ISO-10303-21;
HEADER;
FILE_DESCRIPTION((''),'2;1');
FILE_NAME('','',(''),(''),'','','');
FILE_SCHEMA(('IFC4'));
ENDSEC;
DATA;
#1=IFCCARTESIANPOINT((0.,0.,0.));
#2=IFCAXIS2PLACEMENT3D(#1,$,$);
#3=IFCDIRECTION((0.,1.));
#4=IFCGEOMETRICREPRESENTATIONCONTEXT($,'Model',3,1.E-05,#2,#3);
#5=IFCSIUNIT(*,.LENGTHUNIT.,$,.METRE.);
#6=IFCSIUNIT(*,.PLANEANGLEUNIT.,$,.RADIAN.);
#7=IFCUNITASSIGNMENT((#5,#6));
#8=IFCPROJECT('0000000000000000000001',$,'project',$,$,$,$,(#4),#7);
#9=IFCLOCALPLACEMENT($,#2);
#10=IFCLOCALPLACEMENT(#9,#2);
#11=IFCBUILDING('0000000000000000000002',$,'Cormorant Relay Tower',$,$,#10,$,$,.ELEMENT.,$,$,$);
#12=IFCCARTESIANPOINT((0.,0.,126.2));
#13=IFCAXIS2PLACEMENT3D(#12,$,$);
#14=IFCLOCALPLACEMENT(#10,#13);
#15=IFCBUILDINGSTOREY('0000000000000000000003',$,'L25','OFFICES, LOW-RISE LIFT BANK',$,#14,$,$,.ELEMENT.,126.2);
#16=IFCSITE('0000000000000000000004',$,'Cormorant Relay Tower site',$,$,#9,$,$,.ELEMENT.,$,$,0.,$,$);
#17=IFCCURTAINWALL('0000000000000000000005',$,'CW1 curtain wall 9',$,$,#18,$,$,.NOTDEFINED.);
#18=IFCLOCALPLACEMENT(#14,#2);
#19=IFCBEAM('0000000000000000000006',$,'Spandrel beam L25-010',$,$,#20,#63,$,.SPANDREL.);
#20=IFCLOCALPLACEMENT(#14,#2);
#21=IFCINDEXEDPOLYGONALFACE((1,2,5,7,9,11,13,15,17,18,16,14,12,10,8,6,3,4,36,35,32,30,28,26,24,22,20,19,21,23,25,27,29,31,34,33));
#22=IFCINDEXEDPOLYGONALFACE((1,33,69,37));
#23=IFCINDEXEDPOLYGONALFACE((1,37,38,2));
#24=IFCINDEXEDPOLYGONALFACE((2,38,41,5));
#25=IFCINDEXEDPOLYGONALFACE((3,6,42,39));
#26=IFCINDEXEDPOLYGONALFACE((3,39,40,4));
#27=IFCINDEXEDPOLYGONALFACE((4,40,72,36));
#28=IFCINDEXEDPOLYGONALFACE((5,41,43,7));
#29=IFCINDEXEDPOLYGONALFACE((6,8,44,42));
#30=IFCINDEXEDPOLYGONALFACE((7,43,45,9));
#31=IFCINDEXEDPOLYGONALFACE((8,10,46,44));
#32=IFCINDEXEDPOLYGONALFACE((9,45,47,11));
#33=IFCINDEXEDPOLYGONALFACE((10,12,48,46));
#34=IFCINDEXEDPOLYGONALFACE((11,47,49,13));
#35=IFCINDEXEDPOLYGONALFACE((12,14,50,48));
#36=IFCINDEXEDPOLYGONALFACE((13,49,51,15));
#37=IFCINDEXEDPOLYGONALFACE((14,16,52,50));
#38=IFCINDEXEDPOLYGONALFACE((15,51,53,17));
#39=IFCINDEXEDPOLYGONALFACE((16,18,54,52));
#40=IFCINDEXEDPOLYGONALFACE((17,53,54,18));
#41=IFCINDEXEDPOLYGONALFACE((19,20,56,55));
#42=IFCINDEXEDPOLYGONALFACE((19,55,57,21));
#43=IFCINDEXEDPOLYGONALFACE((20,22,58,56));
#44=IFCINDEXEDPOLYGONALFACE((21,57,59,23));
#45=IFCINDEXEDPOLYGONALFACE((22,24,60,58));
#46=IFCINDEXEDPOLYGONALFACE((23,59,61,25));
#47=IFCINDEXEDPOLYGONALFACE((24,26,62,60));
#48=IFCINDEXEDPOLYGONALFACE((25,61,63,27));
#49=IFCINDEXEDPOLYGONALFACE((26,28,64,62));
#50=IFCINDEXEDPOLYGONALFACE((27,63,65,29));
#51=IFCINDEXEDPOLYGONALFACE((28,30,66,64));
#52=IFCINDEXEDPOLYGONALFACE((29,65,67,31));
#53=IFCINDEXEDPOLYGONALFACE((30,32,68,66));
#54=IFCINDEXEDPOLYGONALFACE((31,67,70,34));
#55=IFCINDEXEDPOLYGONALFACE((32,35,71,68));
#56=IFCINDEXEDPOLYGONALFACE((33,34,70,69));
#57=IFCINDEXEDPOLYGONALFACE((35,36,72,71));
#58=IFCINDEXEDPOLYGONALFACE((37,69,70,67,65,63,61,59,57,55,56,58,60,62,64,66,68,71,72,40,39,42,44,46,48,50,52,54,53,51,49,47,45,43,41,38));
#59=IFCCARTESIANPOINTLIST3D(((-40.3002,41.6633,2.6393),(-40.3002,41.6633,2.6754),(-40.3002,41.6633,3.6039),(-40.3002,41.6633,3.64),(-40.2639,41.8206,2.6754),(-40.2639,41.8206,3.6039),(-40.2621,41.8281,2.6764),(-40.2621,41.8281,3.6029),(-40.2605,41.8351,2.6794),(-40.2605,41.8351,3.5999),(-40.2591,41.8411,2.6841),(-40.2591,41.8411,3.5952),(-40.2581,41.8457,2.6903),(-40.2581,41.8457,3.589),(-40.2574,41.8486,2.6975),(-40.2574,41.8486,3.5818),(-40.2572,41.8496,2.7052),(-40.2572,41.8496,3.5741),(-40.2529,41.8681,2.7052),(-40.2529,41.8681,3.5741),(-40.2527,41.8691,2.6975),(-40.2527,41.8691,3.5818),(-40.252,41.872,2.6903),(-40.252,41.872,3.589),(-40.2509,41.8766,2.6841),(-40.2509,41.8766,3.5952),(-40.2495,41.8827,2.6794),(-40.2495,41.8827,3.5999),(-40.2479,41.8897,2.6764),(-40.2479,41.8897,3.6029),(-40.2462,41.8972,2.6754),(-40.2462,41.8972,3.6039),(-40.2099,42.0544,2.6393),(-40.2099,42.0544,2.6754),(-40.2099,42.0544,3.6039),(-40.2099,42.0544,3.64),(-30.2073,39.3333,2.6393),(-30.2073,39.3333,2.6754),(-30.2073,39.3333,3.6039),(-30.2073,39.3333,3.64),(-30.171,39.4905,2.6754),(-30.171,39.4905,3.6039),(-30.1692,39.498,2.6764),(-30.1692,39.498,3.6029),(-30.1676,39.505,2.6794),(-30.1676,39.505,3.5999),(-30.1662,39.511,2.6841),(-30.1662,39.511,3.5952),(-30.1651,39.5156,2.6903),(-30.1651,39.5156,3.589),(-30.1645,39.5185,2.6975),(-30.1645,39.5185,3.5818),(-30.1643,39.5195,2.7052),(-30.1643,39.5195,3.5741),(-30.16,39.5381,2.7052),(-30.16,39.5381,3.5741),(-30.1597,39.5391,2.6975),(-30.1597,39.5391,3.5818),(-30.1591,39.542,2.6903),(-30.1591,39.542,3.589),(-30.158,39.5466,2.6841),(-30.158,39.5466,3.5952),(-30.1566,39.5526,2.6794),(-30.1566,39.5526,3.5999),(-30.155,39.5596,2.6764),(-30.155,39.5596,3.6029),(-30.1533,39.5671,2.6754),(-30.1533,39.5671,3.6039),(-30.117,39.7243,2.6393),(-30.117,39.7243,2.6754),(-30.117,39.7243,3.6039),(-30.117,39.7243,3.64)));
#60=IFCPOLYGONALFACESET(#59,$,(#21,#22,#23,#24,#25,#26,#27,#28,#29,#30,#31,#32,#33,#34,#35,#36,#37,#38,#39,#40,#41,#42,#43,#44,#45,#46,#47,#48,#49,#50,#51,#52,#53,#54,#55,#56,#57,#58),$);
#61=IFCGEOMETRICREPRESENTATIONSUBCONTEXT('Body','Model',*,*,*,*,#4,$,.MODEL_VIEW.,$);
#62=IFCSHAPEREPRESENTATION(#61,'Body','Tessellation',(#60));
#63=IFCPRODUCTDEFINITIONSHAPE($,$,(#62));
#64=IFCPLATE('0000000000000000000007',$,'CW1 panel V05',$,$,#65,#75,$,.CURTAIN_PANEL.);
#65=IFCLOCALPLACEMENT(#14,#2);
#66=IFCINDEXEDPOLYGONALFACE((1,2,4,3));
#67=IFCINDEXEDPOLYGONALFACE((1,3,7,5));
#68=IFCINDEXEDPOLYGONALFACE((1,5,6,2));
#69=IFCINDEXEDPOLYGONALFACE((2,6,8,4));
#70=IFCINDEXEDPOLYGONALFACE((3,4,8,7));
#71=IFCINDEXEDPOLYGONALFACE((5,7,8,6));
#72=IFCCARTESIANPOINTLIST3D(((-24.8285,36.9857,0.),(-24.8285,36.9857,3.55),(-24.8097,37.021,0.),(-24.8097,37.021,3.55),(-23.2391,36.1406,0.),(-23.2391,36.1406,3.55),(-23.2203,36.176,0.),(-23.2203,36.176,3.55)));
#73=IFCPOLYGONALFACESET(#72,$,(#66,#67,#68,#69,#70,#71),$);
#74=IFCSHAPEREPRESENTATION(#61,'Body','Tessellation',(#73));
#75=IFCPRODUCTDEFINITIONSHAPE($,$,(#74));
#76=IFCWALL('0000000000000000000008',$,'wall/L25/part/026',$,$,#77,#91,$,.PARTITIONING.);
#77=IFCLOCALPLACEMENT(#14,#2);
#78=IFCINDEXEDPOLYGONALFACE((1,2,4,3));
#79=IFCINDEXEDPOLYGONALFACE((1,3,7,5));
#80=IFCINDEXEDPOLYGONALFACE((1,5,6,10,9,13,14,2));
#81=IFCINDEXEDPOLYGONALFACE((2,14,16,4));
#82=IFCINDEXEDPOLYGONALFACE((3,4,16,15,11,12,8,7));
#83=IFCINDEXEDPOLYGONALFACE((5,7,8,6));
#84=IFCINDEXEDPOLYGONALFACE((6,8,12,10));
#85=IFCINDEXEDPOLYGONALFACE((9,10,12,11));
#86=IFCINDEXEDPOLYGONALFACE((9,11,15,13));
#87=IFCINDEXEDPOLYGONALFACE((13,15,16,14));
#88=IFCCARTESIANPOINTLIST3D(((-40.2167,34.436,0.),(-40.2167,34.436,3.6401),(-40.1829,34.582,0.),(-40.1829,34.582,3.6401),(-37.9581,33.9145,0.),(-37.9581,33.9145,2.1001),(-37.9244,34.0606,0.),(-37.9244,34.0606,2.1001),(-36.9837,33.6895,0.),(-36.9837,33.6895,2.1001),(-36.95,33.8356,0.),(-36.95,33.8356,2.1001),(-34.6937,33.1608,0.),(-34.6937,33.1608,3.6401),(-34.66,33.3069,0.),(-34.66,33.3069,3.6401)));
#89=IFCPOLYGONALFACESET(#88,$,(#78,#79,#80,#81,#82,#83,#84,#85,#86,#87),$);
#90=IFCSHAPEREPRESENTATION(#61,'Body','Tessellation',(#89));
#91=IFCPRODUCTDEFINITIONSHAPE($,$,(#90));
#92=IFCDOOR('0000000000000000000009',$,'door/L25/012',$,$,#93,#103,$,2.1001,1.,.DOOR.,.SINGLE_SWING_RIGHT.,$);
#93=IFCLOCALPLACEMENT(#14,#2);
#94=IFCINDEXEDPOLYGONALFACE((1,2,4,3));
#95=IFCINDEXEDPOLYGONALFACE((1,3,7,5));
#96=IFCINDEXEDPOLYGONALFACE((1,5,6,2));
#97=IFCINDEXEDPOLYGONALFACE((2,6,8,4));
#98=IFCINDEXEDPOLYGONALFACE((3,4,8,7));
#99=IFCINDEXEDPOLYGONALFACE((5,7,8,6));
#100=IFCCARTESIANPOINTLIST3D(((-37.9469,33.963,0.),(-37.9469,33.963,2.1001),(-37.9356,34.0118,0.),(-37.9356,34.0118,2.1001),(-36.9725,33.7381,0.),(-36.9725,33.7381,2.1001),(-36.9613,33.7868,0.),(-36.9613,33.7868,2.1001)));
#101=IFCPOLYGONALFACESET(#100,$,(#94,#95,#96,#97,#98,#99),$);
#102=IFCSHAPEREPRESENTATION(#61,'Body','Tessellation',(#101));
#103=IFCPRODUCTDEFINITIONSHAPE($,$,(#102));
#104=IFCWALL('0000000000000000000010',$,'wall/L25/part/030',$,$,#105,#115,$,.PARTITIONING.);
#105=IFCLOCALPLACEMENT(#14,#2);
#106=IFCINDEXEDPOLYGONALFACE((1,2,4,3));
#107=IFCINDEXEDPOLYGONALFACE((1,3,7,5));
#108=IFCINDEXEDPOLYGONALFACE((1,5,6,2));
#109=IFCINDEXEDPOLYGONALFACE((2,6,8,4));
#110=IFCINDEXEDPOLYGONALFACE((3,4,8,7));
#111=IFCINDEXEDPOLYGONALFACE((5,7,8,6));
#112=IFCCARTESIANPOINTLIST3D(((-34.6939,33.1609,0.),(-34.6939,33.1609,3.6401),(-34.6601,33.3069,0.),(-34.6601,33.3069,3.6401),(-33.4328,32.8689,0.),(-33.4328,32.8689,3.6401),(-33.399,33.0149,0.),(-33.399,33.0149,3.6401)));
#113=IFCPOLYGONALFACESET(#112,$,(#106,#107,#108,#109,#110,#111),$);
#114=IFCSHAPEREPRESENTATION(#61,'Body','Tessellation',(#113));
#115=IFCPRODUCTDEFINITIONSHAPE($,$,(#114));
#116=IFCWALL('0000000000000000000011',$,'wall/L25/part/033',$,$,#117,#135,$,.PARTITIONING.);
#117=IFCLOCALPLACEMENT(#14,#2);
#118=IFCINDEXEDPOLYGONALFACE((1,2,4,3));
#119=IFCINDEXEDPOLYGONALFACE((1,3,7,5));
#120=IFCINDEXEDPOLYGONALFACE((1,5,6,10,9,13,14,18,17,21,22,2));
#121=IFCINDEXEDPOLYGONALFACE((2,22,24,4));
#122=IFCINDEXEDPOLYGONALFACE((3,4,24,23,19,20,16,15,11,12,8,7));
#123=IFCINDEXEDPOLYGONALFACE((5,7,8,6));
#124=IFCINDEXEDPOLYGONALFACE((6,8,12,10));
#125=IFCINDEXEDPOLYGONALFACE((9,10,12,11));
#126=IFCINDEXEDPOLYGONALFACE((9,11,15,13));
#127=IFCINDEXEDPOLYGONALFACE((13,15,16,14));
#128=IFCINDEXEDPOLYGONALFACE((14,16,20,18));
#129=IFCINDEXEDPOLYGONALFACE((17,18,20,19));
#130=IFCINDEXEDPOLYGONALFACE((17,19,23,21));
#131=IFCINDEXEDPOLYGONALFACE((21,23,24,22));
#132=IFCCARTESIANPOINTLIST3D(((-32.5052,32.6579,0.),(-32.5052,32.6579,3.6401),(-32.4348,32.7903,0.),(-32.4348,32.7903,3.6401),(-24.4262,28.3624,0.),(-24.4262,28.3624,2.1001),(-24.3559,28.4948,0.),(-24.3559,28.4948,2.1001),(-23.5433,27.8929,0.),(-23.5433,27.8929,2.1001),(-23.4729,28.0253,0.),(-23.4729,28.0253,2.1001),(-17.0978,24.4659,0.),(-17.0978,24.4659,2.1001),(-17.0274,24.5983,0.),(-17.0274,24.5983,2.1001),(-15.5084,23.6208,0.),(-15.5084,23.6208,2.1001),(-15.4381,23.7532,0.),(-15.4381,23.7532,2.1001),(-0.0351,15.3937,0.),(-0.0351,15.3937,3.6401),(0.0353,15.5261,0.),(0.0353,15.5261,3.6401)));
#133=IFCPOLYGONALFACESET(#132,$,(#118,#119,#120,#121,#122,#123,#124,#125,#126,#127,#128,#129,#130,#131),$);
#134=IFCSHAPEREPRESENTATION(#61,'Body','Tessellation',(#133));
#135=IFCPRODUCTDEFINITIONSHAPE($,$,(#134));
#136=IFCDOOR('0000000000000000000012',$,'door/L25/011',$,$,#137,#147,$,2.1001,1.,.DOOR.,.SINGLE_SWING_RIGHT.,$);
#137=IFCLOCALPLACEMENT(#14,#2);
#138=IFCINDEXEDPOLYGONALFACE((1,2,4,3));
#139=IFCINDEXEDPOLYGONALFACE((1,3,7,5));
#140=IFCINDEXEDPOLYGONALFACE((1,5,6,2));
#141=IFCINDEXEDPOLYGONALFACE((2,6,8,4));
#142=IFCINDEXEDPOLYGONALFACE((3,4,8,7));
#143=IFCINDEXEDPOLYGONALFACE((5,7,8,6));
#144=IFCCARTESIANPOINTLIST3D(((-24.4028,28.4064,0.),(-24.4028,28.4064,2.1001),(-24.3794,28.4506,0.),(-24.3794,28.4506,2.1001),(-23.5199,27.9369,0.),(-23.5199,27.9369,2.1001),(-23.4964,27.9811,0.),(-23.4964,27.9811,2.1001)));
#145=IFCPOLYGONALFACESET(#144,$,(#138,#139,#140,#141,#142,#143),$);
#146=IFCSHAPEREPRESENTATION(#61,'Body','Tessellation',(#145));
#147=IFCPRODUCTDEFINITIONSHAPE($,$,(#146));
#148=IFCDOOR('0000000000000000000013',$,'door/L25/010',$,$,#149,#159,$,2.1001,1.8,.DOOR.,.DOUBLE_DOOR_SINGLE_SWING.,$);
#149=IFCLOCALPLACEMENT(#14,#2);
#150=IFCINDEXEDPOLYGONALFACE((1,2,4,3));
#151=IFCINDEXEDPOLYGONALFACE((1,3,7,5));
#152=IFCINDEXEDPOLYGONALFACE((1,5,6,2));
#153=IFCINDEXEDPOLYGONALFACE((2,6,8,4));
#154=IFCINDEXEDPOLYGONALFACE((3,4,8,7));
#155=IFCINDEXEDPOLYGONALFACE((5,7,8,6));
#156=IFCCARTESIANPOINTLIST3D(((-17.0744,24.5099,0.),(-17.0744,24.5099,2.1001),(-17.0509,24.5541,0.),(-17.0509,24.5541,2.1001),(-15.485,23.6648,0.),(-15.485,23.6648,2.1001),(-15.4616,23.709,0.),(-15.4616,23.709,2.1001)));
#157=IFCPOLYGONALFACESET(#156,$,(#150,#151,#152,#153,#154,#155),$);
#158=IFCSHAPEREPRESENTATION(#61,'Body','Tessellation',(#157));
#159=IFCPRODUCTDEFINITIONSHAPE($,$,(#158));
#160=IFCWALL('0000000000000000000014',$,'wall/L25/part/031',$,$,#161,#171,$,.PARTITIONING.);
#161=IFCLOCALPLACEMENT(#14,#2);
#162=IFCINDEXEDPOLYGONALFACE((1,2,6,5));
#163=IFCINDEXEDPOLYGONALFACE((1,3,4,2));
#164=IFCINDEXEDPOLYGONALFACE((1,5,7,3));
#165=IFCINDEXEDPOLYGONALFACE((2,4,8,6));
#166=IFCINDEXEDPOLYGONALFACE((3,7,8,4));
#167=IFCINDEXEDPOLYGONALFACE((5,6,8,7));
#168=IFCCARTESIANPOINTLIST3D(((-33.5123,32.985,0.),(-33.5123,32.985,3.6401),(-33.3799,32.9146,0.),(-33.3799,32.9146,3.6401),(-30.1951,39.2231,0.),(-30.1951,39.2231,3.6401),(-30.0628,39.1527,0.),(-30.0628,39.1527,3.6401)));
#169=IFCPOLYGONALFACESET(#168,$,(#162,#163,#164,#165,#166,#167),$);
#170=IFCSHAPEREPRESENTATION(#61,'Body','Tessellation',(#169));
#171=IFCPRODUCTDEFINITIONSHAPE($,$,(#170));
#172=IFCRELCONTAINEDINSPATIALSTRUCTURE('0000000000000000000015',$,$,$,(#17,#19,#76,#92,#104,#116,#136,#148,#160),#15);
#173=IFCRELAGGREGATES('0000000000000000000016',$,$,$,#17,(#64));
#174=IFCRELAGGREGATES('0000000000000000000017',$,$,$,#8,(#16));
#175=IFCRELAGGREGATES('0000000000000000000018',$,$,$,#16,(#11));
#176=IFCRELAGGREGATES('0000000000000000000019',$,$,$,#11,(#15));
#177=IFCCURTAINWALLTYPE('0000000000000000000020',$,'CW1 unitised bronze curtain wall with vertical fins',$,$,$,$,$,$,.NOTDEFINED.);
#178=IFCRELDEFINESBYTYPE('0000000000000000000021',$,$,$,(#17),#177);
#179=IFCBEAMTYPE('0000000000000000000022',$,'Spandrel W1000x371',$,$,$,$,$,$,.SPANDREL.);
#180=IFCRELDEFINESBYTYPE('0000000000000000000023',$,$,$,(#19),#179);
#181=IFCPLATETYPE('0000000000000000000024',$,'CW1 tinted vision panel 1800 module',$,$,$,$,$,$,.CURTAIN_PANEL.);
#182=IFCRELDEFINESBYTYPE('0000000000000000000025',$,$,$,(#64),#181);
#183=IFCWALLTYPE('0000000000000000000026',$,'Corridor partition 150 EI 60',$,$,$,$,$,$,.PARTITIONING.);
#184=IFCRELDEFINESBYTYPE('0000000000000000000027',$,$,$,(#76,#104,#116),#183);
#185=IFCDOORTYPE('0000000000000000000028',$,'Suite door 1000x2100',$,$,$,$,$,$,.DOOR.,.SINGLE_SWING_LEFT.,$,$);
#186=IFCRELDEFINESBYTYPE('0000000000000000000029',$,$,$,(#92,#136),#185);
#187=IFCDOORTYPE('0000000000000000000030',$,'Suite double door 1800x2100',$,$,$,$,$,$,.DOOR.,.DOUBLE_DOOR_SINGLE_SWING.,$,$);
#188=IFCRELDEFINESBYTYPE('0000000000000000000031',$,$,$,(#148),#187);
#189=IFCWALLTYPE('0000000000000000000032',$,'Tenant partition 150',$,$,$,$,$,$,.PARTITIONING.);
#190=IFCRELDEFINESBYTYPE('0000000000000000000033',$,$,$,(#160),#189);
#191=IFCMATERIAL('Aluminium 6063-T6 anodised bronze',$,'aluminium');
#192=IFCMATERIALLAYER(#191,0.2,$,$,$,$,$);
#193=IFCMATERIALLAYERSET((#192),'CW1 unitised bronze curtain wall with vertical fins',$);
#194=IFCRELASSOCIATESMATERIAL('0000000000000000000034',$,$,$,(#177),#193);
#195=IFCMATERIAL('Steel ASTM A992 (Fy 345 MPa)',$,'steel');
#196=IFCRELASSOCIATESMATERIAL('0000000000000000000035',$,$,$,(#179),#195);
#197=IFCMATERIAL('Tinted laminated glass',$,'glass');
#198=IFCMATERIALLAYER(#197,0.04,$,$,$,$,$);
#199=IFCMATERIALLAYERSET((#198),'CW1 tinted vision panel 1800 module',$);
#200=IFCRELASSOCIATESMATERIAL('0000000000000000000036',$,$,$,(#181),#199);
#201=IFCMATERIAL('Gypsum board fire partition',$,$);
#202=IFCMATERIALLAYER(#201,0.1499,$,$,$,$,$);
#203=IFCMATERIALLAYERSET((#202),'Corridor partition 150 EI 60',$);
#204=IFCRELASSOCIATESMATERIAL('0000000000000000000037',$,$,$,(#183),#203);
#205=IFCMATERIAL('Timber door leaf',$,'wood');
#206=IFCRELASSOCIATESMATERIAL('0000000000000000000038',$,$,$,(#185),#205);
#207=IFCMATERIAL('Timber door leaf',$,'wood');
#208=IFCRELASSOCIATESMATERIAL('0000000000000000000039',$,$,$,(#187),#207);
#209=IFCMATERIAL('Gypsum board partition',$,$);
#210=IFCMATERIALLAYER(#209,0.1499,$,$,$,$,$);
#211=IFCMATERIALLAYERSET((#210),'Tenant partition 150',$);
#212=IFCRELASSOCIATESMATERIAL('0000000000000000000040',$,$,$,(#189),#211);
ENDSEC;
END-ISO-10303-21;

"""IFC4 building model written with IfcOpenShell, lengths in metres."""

from ifc_helpers import new_model, si_unit, direction, frame, frame_2d, origin, origin_2d, place, context, subcontext, project, spatial, rectangle, i_section, extrude, material, layer, layer_set, material_profile, profile_set, type_object, element, fill, aggregate, save


model = new_model("IFC4")

# Units and contexts
model_context = context("Model", 3, precision=1e-05, world=origin(), true_north=direction((0.0, 1.0)))
body_context = subcontext(model_context, "Body", "Model", "MODEL_VIEW")
ifc_project = project(units=[si_unit("LENGTHUNIT", "METRE"), si_unit("PLANEANGLEUNIT", "RADIAN")], contexts=[model_context])

# Site, building, storey
site_placement = place(None, origin())
site = spatial("IfcSite", under=ifc_project, at=site_placement, Name="Cormorant Relay Tower site", CompositionType="ELEMENT", RefElevation=0.0)
building_placement = place(site_placement, origin())
building = spatial("IfcBuilding", under=site, at=building_placement, Name="Cormorant Relay Tower", CompositionType="ELEMENT")
storey_placement = place(building_placement, frame((0.0, 0.0, 126.2)))
storey = spatial("IfcBuildingStorey", under=building, at=storey_placement, Name="L25", Description="OFFICES, LOW-RISE LIFT BANK", CompositionType="ELEMENT", Elevation=126.2)

# Curtain wall
ifc_material_1 = material(Name="Aluminium 6063-T6 anodised bronze", Category="aluminium")
ifc_layer_1 = layer(ifc_material_1, 0.2)
ifc_layer_set_1 = layer_set([ifc_layer_1], Name="CW1 unitised bronze curtain wall with vertical fins")
curtain_wall_type = type_object("IfcCurtainWallType", Name="CW1 unitised bronze curtain wall with vertical fins", PredefinedType="NOTDEFINED", material=ifc_layer_set_1)
curtain_wall_1_placement = place(storey_placement, origin())
curtain_wall_1 = element("IfcCurtainWall", 1, at=curtain_wall_1_placement, inside=storey, type_object=curtain_wall_type, Name="CW1 curtain wall 9", PredefinedType="NOTDEFINED")

# Beam
ifc_material_2 = material(Name="Steel ASTM A992 (Fy 345 MPa)", Category="steel")
ifc_material_profile_1 = material_profile(ifc_material_2, i_section(OverallWidth=0.4014, OverallDepth=1.0007, WebThickness=0.019, FlangeThickness=0.0361, FilletRadius=0.0298, at=origin_2d()), Name="W1000x371")
ifc_profile_set_1 = profile_set([ifc_material_profile_1], Name="Steel ASTM A992 (Fy 345 MPa)")
beam_type = type_object("IfcBeamType", Name="Spandrel W1000x371", PredefinedType="SPANDREL", material=ifc_profile_set_1)
beam_placement = place(storey_placement, frame((-30.1621, 39.5288, 3.1396), z_axis=(-0.974372, 0.224944, 0.0), x_axis=(-0.224944, -0.974372, 0.0)))
element("IfcBeam", 2, at=beam_placement, inside=storey, type_object=beam_type, Name="Spandrel beam L25-010", PredefinedType="SPANDREL", context=body_context, shape_type="SweptSolid", body=[
    extrude(i_section(OverallWidth=0.4014, OverallDepth=1.0007, WebThickness=0.019, FlangeThickness=0.0361, FilletRadius=0.0298, at=origin_2d()), origin(), (0.0, 0.0, 1.0), 10.3584),
])

# Plate
ifc_material_3 = material(Name="Tinted laminated glass", Category="glass")
ifc_layer_2 = layer(ifc_material_3, 0.04)
ifc_layer_set_2 = layer_set([ifc_layer_2], Name="CW1 tinted vision panel 1800 module")
plate_type = type_object("IfcPlateType", Name="CW1 tinted vision panel 1800 module", PredefinedType="CURTAIN_PANEL", material=ifc_layer_set_2)
plate_placement = place(storey_placement, frame((-24.0244, 36.5808, 0.0), z_axis=(0.0, 0.0, 1.0), x_axis=(-0.882948, 0.469472, 0.0)))
plate = element("IfcPlate", 3, at=plate_placement, type_object=plate_type, Name="CW1 panel V05", PredefinedType="CURTAIN_PANEL", context=body_context, shape_type="SweptSolid", body=[
    extrude(rectangle(XDim=1.8, YDim=0.04, at=origin_2d()), origin(), (0.0, 0.0, 1.0), 3.55),
])

# Wall, opening, door
ifc_material_4 = material(Name="Gypsum board fire partition")
ifc_layer_3 = layer(ifc_material_4, 0.1499)
ifc_layer_set_3 = layer_set([ifc_layer_3], Name="Corridor partition 150 EI 60")
wall_type_1 = type_object("IfcWallType", Name="Corridor partition 150 EI 60", PredefinedType="PARTITIONING", material=ifc_layer_set_3)
wall_1_placement = place(storey_placement, frame((-34.677, 33.2339, 0.0), z_axis=(0.0, 0.0, 1.0), x_axis=(-0.974367, 0.224963, 0.0)))
wall_1 = element("IfcWall", 4, at=wall_1_placement, inside=storey, type_object=wall_type_1, Name="wall/L25/part/026", PredefinedType="PARTITIONING", context=body_context, shape_type="SweptSolid", body=[
    extrude(rectangle(XDim=5.6682, YDim=0.1499, at=frame_2d((2.834, 0.0))), origin(), (0.0, 0.0, 1.0), 3.6401),
])
opening_1_placement = place(wall_1_placement, frame((2.3501, 0.0, 0.0)))
opening_1 = element("IfcOpeningElement", 5, at=opening_1_placement, cuts=wall_1, PredefinedType="OPENING", context=body_context, shape_type="SweptSolid", body=[
    extrude(rectangle(XDim=1.0, YDim=2.1001, at=frame_2d((0.5, 1.05))), frame((0.0, 0.085, 0.0), z_axis=(0.0, -1.0, 0.0), x_axis=(1.0, 0.0, 0.0)), (0.0, 0.0, 1.0), 0.1699),
])
ifc_material_5 = material(Name="Timber door leaf", Category="wood")
door_type_1 = type_object("IfcDoorType", Name="Suite door 1000x2100", OperationType="SINGLE_SWING_LEFT", PredefinedType="DOOR", material=ifc_material_5)
door_1_placement = place(opening_1_placement, frame((1.0, 0.0, 0.0), z_axis=(0.0, 0.0, 1.0), x_axis=(-1.0, 0.0, 0.0)))
door_1 = element("IfcDoor", 6, at=door_1_placement, inside=storey, type_object=door_type_1, Name="door/L25/012", OperationType="SINGLE_SWING_RIGHT", OverallHeight=2.1001, OverallWidth=1.0, PredefinedType="DOOR", context=body_context, shape_type="SweptSolid", body=[
    extrude(rectangle(XDim=1.0, YDim=2.1001, at=frame_2d((0.5, 1.05))), frame((0.0, 0.0249, 0.0), z_axis=(0.0, -1.0, 0.0), x_axis=(1.0, 0.0, 0.0)), (0.0, 0.0, 1.0), 0.05),
])
fill(opening_1, door_1)

# Wall
wall_2_placement = place(storey_placement, frame((-34.677, 33.2339, 0.0), z_axis=(0.0, 0.0, 1.0), x_axis=(0.974222, -0.22559, 0.0)))
element("IfcWall", 7, at=wall_2_placement, inside=storey, type_object=wall_type_1, Name="wall/L25/part/030", PredefinedType="PARTITIONING", context=body_context, shape_type="SweptSolid", body=[
    extrude(rectangle(XDim=1.2944, YDim=0.1499, at=frame_2d((0.6472, 0.0))), origin(), (0.0, 0.0, 1.0), 3.6401),
])

# Wall, openings, doors
wall_3_placement = place(storey_placement, frame((-32.47, 32.7241, 0.0), z_axis=(0.0, 0.0, 1.0), x_axis=(0.882952, -0.469462, 0.0)))
wall_3 = element("IfcWall", 8, at=wall_3_placement, inside=storey, type_object=wall_type_1, Name="wall/L25/part/033", PredefinedType="PARTITIONING", context=body_context, shape_type="SweptSolid", body=[
    extrude(rectangle(XDim=36.7744, YDim=0.1499, at=frame_2d((18.3872, 0.0))), origin(), (0.0, 0.0, 1.0), 3.6401),
])
opening_2_placement = place(wall_3_placement, frame((17.45, 0.0, 0.0)))
opening_2 = element("IfcOpeningElement", 9, at=opening_2_placement, cuts=wall_3, PredefinedType="OPENING", context=body_context, shape_type="SweptSolid", body=[
    extrude(rectangle(XDim=1.8, YDim=2.1001, at=frame_2d((0.8999, 1.05))), frame((0.0, 0.085, 0.0), z_axis=(0.0, -1.0, 0.0), x_axis=(1.0, 0.0, 0.0)), (0.0, 0.0, 1.0), 0.1699),
])
opening_3_placement = place(wall_3_placement, frame((9.1499, 0.0, 0.0)))
opening_3 = element("IfcOpeningElement", 10, at=opening_3_placement, cuts=wall_3, PredefinedType="OPENING", context=body_context, shape_type="SweptSolid", body=[
    extrude(rectangle(XDim=1.0, YDim=2.1001, at=frame_2d((0.5, 1.05))), frame((0.0, 0.085, 0.0), z_axis=(0.0, -1.0, 0.0), x_axis=(1.0, 0.0, 0.0)), (0.0, 0.0, 1.0), 0.1699),
])
door_2_placement = place(opening_3_placement, origin())
door_2 = element("IfcDoor", 11, at=door_2_placement, inside=storey, type_object=door_type_1, Name="door/L25/011", OperationType="SINGLE_SWING_RIGHT", OverallHeight=2.1001, OverallWidth=1.0, PredefinedType="DOOR", context=body_context, shape_type="SweptSolid", body=[
    extrude(rectangle(XDim=1.0, YDim=2.1001, at=frame_2d((0.5, 1.05))), frame((0.0, 0.0249, 0.0), z_axis=(0.0, -1.0, 0.0), x_axis=(1.0, 0.0, 0.0)), (0.0, 0.0, 1.0), 0.05),
])
fill(opening_3, door_2)
ifc_material_6 = material(Name="Timber door leaf", Category="wood")
door_type_2 = type_object("IfcDoorType", Name="Suite double door 1800x2100", OperationType="DOUBLE_DOOR_SINGLE_SWING", PredefinedType="DOOR", material=ifc_material_6)
door_3_placement = place(opening_2_placement, origin())
door_3 = element("IfcDoor", 12, at=door_3_placement, inside=storey, type_object=door_type_2, Name="door/L25/010", OperationType="DOUBLE_DOOR_SINGLE_SWING", OverallHeight=2.1001, OverallWidth=1.8, PredefinedType="DOOR", context=body_context, shape_type="SweptSolid", body=[
    extrude(rectangle(XDim=1.8, YDim=2.1001, at=frame_2d((0.8999, 1.05))), frame((0.0, 0.0249, 0.0), z_axis=(0.0, -1.0, 0.0), x_axis=(1.0, 0.0, 0.0)), (0.0, 0.0, 1.0), 0.05),
])
fill(opening_2, door_3)

# Wall
ifc_material_7 = material(Name="Gypsum board partition")
ifc_layer_4 = layer(ifc_material_7, 0.1499)
ifc_layer_set_4 = layer_set([ifc_layer_4], Name="Tenant partition 150")
wall_type_2 = type_object("IfcWallType", Name="Tenant partition 150", PredefinedType="PARTITIONING", material=ifc_layer_set_4)
wall_4_placement = place(storey_placement, frame((-30.1289, 39.188, 0.0), z_axis=(0.0, 0.0, 1.0), x_axis=(-0.469506, -0.882929, 0.0)))
element("IfcWall", 13, at=wall_4_placement, inside=storey, type_object=wall_type_2, Name="wall/L25/part/031", PredefinedType="PARTITIONING", context=body_context, shape_type="SweptSolid", body=[
    extrude(rectangle(XDim=7.0652, YDim=0.1499, at=frame_2d((3.5327, 0.0))), origin(), (0.0, 0.0, 1.0), 3.6401),
])

aggregate(curtain_wall_1, [plate])

save(model, "model.ifc")
